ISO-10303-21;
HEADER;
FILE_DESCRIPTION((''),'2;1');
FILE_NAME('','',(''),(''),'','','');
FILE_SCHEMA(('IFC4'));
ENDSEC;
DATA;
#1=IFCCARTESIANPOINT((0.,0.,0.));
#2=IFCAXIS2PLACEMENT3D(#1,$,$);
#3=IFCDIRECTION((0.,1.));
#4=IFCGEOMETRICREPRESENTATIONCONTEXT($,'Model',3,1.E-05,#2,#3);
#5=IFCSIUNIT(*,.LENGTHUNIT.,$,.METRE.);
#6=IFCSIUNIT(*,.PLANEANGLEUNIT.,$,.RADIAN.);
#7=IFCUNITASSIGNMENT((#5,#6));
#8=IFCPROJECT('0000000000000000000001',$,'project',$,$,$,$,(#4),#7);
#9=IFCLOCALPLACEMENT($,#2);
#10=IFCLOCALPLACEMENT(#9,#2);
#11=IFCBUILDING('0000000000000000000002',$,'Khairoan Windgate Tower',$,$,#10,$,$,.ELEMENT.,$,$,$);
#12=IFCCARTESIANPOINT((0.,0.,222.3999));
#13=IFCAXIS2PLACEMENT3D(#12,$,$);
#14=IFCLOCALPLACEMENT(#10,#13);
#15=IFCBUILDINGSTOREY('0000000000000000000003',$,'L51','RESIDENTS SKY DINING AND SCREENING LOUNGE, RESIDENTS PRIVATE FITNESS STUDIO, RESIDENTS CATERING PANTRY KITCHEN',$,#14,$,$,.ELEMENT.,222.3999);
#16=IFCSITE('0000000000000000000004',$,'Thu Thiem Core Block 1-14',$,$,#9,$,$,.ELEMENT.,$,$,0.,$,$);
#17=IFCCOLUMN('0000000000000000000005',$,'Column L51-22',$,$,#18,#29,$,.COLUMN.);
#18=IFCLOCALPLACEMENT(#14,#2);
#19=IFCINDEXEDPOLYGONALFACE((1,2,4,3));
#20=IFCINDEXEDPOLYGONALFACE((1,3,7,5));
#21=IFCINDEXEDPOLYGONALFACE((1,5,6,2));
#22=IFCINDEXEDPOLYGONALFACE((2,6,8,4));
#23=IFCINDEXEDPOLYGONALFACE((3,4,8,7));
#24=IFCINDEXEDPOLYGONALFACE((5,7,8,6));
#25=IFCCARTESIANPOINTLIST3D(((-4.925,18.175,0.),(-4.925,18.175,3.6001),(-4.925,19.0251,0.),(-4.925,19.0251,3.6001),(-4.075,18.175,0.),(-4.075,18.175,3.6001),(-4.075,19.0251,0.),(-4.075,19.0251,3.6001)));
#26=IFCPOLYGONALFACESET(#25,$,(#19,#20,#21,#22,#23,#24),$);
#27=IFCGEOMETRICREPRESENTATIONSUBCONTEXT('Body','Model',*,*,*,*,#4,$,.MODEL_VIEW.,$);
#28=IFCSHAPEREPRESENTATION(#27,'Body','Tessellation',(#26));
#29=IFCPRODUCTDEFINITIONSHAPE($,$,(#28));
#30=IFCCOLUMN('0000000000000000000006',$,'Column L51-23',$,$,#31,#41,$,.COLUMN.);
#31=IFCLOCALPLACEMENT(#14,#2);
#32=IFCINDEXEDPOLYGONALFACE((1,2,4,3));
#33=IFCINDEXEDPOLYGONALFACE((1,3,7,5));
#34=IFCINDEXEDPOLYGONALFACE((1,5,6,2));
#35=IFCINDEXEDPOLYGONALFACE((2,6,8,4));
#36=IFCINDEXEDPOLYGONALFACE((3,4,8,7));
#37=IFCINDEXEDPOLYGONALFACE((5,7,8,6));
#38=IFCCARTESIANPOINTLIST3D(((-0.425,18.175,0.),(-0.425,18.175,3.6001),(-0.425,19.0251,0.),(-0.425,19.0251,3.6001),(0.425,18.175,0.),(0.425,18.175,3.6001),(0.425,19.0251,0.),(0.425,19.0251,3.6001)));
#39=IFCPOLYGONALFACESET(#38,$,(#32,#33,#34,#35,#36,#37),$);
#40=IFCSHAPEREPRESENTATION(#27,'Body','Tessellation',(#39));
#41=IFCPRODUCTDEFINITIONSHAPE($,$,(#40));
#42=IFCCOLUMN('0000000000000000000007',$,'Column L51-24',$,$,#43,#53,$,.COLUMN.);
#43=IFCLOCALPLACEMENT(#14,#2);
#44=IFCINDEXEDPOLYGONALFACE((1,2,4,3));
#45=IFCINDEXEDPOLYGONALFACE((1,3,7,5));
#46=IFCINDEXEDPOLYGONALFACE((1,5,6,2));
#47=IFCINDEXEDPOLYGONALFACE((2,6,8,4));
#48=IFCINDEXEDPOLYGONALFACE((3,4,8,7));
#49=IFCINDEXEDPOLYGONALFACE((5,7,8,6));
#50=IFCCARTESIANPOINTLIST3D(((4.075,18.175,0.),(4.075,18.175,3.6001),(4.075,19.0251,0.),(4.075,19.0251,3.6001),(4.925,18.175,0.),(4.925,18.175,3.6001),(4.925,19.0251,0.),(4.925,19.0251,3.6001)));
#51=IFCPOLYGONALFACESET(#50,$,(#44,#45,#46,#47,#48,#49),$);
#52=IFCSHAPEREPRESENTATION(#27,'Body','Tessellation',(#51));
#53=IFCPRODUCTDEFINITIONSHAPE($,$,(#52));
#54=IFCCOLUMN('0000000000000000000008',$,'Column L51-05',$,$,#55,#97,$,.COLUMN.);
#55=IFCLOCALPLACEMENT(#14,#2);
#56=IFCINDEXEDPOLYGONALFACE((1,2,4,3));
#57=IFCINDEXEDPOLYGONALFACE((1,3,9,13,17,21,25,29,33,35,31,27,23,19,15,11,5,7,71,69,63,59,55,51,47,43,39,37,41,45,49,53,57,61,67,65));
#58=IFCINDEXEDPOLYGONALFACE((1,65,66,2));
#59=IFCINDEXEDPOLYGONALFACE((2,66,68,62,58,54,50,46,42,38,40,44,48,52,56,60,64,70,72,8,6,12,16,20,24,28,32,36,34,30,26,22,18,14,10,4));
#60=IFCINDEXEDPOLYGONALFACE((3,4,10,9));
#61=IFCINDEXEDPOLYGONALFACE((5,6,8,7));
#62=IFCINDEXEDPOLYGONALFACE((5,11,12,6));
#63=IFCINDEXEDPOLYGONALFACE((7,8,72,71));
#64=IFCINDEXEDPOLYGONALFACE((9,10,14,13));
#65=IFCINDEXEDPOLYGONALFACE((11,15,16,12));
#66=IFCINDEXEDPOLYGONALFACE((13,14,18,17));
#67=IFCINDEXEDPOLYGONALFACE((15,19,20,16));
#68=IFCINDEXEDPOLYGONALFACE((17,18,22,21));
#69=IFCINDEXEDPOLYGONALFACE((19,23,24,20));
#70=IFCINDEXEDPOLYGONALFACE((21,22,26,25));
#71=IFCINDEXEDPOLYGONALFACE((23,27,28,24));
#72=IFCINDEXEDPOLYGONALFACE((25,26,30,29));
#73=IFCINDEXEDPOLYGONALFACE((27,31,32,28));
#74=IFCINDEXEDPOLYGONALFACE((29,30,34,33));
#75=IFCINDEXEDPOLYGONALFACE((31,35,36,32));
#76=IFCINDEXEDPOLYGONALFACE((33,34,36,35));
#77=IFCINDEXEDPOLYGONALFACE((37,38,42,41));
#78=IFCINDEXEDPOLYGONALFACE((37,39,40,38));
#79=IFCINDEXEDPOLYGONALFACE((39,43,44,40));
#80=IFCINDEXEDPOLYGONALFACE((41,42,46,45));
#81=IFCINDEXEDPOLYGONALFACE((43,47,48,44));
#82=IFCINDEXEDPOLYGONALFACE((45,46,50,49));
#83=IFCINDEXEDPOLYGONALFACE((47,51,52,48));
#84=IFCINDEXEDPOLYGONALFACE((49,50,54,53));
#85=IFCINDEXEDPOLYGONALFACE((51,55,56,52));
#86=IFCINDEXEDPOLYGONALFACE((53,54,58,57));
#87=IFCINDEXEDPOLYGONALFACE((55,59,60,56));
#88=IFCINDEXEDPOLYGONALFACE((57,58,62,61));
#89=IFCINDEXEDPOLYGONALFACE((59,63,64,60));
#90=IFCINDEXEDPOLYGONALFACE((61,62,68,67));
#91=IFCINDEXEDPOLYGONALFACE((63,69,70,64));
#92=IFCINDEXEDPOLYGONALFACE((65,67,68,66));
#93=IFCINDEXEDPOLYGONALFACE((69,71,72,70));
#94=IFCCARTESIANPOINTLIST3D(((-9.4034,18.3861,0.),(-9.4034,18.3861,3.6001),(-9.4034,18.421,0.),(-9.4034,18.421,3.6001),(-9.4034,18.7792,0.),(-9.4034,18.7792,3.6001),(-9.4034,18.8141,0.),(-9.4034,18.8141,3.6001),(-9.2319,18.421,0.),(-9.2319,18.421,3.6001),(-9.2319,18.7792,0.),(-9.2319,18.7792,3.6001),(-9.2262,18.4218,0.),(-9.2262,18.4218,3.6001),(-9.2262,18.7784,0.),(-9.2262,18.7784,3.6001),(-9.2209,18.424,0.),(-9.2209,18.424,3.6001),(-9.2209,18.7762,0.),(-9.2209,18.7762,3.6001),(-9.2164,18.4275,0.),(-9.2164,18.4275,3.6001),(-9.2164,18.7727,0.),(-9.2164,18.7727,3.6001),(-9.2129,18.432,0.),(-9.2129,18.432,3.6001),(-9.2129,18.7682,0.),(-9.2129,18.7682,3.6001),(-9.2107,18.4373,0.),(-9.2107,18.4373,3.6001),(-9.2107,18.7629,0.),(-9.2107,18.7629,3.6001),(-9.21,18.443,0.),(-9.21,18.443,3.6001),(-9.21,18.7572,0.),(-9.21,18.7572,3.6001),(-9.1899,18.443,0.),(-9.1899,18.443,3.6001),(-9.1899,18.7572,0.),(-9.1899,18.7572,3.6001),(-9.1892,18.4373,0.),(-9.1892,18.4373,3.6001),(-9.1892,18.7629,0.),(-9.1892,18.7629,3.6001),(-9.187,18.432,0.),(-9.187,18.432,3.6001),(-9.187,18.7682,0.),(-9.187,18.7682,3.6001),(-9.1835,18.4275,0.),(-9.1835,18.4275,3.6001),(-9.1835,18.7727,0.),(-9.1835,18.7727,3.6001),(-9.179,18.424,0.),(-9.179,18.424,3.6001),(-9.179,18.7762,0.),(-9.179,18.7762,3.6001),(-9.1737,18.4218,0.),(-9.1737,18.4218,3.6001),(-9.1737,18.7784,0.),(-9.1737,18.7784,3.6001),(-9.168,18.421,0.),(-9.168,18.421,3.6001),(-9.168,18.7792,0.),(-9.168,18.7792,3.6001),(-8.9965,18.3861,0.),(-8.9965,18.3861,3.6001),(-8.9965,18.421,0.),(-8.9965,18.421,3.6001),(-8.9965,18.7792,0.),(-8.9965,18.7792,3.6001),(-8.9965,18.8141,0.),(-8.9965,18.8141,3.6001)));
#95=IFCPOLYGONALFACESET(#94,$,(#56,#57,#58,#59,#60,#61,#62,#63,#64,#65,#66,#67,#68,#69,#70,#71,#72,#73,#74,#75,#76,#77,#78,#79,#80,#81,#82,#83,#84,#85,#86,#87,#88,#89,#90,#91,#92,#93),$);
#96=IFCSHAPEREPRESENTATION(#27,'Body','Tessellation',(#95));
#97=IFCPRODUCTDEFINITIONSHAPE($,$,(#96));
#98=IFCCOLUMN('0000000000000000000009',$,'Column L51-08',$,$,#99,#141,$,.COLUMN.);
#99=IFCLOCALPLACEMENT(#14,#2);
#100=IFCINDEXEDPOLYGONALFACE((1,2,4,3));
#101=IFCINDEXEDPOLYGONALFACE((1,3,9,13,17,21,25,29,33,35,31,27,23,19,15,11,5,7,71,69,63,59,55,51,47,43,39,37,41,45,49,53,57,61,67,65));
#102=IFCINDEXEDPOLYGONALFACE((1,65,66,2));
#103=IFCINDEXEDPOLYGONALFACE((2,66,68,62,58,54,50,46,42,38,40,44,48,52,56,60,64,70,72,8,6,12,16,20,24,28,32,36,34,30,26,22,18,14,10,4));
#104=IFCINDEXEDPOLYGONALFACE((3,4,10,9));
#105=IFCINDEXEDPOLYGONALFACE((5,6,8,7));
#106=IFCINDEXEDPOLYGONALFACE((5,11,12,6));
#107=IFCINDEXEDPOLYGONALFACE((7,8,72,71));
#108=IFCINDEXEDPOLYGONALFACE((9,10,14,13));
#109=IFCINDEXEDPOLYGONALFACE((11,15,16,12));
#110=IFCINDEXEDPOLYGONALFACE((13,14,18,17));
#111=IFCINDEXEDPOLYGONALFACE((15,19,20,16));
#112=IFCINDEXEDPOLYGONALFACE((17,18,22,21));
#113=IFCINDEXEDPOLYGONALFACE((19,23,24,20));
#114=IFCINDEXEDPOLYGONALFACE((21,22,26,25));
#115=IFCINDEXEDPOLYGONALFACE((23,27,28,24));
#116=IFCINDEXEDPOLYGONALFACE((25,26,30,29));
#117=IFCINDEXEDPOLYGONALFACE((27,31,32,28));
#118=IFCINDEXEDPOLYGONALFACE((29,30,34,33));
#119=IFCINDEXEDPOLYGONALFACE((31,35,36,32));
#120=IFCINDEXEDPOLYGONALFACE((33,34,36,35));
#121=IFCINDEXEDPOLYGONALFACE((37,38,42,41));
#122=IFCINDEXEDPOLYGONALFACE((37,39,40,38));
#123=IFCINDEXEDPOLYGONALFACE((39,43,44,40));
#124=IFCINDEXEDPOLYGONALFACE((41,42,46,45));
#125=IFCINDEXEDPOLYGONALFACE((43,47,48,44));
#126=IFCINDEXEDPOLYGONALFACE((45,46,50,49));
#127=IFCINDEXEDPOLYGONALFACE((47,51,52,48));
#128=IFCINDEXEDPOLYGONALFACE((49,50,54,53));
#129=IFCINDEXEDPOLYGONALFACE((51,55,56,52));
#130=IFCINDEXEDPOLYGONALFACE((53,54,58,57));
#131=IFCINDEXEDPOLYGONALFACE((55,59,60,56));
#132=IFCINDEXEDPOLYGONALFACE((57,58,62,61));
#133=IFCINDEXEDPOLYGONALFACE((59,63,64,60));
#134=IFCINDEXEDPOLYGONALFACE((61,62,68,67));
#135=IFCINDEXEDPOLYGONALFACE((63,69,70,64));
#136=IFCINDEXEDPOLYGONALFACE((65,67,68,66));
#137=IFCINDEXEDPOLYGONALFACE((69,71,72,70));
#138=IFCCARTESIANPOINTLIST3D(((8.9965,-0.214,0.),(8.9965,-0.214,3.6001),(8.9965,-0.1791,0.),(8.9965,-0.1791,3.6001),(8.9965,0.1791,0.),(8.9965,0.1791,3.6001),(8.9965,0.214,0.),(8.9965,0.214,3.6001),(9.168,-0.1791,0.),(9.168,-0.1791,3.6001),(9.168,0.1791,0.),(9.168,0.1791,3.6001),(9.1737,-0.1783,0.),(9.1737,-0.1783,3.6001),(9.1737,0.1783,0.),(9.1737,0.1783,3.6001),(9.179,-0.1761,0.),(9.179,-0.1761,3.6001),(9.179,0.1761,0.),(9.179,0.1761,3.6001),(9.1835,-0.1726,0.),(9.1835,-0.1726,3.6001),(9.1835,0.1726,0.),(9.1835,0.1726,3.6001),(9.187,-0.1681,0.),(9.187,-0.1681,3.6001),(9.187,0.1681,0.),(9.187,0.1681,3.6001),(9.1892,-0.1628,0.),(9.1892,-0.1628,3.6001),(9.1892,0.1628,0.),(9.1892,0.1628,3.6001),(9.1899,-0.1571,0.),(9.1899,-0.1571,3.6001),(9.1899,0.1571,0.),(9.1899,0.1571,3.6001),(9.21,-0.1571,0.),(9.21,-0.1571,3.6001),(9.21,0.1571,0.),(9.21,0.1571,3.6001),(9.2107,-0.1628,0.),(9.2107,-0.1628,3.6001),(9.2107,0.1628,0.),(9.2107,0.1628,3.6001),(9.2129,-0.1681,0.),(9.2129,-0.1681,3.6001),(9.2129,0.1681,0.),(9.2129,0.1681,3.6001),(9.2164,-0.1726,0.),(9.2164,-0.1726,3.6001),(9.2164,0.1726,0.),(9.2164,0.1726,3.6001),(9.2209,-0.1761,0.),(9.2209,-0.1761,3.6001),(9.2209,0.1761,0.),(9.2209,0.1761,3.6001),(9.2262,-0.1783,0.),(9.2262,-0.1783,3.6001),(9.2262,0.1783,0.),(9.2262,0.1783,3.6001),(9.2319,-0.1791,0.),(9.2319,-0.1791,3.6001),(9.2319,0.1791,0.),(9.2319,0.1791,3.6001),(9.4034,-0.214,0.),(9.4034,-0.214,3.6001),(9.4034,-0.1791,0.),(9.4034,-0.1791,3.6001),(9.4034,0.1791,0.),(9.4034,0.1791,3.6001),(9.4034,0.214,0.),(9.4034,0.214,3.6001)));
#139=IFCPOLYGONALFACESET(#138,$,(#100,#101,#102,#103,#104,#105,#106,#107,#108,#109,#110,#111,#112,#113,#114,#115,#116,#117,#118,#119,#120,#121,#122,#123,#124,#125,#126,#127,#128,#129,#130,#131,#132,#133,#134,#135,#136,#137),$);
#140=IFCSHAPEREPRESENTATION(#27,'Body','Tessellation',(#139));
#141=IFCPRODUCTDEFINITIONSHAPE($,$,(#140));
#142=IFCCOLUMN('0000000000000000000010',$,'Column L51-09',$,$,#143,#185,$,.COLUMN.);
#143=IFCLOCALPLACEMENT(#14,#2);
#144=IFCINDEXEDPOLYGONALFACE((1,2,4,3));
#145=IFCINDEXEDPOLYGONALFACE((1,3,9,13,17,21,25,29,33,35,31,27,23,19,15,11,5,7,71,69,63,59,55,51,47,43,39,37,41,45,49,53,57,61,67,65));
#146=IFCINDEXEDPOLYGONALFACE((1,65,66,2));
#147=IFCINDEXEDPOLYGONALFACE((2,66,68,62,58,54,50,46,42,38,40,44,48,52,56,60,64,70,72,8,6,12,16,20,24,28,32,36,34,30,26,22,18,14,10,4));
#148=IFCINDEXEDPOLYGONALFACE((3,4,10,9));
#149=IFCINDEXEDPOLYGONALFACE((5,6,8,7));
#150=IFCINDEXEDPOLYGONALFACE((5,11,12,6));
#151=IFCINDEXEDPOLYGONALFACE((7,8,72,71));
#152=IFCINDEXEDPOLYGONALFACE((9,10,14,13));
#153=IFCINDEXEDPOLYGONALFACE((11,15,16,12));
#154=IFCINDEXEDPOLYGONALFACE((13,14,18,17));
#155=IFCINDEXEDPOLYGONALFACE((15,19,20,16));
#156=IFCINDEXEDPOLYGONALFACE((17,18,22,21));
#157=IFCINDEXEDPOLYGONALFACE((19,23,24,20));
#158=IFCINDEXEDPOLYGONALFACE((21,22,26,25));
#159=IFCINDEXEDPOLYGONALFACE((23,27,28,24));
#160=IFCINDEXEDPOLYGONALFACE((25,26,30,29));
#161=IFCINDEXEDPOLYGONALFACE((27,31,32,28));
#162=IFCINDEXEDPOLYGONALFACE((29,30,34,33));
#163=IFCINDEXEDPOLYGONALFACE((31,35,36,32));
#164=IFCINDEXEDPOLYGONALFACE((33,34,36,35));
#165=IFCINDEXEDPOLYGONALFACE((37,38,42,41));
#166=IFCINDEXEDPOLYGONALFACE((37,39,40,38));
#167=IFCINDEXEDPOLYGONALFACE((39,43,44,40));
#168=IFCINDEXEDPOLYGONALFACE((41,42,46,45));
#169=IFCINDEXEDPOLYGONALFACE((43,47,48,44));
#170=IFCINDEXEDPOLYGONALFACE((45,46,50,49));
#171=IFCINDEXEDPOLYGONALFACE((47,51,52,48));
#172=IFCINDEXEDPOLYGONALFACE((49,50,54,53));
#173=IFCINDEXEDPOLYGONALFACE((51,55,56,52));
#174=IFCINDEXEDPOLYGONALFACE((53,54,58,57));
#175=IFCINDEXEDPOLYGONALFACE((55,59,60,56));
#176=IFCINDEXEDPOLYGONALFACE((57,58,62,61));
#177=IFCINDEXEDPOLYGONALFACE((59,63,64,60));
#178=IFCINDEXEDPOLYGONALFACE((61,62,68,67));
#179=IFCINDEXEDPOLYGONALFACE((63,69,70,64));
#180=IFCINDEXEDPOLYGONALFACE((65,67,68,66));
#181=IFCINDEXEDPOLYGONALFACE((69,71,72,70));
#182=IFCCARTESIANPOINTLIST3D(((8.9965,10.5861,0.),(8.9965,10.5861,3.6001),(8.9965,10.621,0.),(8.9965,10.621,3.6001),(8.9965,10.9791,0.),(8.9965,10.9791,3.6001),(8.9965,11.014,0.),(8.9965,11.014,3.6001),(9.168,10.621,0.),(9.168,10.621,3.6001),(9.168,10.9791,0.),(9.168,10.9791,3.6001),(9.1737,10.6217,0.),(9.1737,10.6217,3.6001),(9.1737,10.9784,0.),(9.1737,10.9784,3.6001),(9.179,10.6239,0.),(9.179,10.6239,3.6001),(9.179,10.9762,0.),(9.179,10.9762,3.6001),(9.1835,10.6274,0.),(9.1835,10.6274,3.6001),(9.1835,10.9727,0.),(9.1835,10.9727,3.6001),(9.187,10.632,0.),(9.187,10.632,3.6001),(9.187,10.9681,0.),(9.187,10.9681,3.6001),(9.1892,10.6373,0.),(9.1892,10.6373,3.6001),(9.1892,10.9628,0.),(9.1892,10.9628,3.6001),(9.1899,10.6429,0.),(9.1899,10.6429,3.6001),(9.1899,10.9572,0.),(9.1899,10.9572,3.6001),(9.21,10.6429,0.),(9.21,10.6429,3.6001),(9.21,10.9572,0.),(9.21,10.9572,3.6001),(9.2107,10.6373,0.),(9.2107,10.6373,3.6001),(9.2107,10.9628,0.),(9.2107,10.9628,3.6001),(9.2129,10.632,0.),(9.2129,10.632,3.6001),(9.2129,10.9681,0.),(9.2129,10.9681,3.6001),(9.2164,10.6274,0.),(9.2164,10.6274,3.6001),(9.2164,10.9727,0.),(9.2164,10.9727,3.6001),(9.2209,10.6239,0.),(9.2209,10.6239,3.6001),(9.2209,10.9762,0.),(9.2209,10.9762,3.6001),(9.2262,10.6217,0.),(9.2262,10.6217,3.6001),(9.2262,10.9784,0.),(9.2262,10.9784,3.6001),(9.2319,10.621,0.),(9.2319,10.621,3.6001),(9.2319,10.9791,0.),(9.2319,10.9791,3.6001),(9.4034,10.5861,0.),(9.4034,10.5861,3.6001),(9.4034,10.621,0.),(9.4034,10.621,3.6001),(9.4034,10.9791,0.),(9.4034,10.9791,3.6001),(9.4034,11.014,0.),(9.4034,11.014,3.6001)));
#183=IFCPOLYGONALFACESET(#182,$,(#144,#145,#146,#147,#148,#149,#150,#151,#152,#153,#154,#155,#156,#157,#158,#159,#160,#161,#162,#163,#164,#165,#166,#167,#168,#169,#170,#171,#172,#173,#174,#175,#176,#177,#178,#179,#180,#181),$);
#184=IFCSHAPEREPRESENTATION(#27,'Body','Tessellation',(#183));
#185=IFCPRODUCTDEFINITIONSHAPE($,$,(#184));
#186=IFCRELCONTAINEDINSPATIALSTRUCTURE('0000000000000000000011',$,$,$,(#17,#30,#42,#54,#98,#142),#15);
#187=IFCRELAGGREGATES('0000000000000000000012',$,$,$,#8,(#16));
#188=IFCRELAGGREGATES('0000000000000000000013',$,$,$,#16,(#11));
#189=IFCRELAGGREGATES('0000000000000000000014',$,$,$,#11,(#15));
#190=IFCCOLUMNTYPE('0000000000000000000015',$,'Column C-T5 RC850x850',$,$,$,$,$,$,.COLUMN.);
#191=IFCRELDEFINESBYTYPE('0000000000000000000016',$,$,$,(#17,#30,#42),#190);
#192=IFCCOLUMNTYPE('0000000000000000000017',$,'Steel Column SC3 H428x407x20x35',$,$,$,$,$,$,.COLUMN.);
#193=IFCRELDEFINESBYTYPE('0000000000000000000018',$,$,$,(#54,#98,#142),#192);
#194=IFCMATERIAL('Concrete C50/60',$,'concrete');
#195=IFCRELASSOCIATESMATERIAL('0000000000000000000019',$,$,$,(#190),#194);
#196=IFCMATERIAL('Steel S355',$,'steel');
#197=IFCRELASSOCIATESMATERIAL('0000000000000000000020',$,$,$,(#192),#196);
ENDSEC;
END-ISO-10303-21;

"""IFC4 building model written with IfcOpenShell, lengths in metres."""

from ifc_helpers import new_model, si_unit, direction, frame, origin, origin_2d, place, context, subcontext, project, spatial, rectangle, i_section, extrude, material, material_profile, profile_set, type_object, element, save


model = new_model("IFC4")

# Units and contexts
model_context = context("Model", 3, precision=1e-05, world=origin(), true_north=direction((0.0, 1.0)))
body_context = subcontext(model_context, "Body", "Model", "MODEL_VIEW")
ifc_project = project(units=[si_unit("LENGTHUNIT", "METRE"), si_unit("PLANEANGLEUNIT", "RADIAN")], contexts=[model_context])

# Site, building, storey
site_placement = place(None, origin())
site = spatial("IfcSite", under=ifc_project, at=site_placement, Name="Thu Thiem Core Block 1-14", CompositionType="ELEMENT", RefElevation=0.0)
building_placement = place(site_placement, origin())
building = spatial("IfcBuilding", under=site, at=building_placement, Name="Khairoan Windgate Tower", CompositionType="ELEMENT")
storey_placement = place(building_placement, frame((0.0, 0.0, 222.3999)))
storey = spatial("IfcBuildingStorey", under=building, at=storey_placement, Name="L51", Description="RESIDENTS SKY DINING AND SCREENING LOUNGE, RESIDENTS PRIVATE FITNESS STUDIO, RESIDENTS CATERING PANTRY KITCHEN", CompositionType="ELEMENT", Elevation=222.3999)

# Columns
ifc_material_1 = material(Name="Concrete C50/60", Category="concrete")
ifc_material_profile_1 = material_profile(ifc_material_1, rectangle(XDim=0.8501, YDim=0.8501, at=origin_2d()))
ifc_profile_set_1 = profile_set([ifc_material_profile_1], Name="Concrete C50/60")
column_type_1 = type_object("IfcColumnType", Name="Column C-T5 RC850x850", PredefinedType="COLUMN", material=ifc_profile_set_1)
for number, where, z_axis, x_axis, name in (
    (1, (-4.5, 18.6001, 0.0), (0.0, 0.0, 1.0), (1.0, 0.0, 0.0), "Column L51-22"),
    (2, (0.0, 18.6001, 0.0), (0.0, 0.0, 1.0), (1.0, 0.0, 0.0), "Column L51-23"),
    (3, (4.5, 18.6001, 0.0), (0.0, 0.0, 1.0), (1.0, 0.0, 0.0), "Column L51-24"),
):
    element("IfcColumn", number, at=place(storey_placement, frame(where, z_axis=z_axis, x_axis=x_axis)), inside=storey, type_object=column_type_1, Name=name, PredefinedType="COLUMN", context=body_context, shape_type="SweptSolid", body=[
        extrude(rectangle(XDim=0.8501, YDim=0.8501, at=origin_2d()), origin(), (0.0, 0.0, 1.0), 3.6001),
    ])
ifc_material_2 = material(Name="Steel S355", Category="steel")
ifc_material_profile_2 = material_profile(ifc_material_2, i_section(OverallWidth=0.407, OverallDepth=0.428, WebThickness=0.02, FlangeThickness=0.0349, FilletRadius=0.022, at=origin_2d()))
ifc_profile_set_2 = profile_set([ifc_material_profile_2], Name="Steel S355")
column_type_2 = type_object("IfcColumnType", Name="Steel Column SC3 H428x407x20x35", PredefinedType="COLUMN", material=ifc_profile_set_2)
for number, where, z_axis, x_axis, name in (
    (4, (-9.2, 18.6001, 0.0), (0.0, 0.0, 1.0), (1.0, 0.0, 0.0), "Column L51-05"),
    (5, (9.2, 0.0, 0.0), (0.0, 0.0, 1.0), (1.0, 0.0, 0.0), "Column L51-08"),
    (6, (9.2, 10.8, 0.0), (0.0, 0.0, 1.0), (1.0, 0.0, 0.0), "Column L51-09"),
):
    element("IfcColumn", number, at=place(storey_placement, frame(where, z_axis=z_axis, x_axis=x_axis)), inside=storey, type_object=column_type_2, Name=name, PredefinedType="COLUMN", context=body_context, shape_type="SweptSolid", body=[
        extrude(i_section(OverallWidth=0.407, OverallDepth=0.428, WebThickness=0.02, FlangeThickness=0.0349, FilletRadius=0.022, at=origin_2d()), origin(), (0.0, 0.0, 1.0), 3.6001),
    ])

save(model, "model.ifc")
